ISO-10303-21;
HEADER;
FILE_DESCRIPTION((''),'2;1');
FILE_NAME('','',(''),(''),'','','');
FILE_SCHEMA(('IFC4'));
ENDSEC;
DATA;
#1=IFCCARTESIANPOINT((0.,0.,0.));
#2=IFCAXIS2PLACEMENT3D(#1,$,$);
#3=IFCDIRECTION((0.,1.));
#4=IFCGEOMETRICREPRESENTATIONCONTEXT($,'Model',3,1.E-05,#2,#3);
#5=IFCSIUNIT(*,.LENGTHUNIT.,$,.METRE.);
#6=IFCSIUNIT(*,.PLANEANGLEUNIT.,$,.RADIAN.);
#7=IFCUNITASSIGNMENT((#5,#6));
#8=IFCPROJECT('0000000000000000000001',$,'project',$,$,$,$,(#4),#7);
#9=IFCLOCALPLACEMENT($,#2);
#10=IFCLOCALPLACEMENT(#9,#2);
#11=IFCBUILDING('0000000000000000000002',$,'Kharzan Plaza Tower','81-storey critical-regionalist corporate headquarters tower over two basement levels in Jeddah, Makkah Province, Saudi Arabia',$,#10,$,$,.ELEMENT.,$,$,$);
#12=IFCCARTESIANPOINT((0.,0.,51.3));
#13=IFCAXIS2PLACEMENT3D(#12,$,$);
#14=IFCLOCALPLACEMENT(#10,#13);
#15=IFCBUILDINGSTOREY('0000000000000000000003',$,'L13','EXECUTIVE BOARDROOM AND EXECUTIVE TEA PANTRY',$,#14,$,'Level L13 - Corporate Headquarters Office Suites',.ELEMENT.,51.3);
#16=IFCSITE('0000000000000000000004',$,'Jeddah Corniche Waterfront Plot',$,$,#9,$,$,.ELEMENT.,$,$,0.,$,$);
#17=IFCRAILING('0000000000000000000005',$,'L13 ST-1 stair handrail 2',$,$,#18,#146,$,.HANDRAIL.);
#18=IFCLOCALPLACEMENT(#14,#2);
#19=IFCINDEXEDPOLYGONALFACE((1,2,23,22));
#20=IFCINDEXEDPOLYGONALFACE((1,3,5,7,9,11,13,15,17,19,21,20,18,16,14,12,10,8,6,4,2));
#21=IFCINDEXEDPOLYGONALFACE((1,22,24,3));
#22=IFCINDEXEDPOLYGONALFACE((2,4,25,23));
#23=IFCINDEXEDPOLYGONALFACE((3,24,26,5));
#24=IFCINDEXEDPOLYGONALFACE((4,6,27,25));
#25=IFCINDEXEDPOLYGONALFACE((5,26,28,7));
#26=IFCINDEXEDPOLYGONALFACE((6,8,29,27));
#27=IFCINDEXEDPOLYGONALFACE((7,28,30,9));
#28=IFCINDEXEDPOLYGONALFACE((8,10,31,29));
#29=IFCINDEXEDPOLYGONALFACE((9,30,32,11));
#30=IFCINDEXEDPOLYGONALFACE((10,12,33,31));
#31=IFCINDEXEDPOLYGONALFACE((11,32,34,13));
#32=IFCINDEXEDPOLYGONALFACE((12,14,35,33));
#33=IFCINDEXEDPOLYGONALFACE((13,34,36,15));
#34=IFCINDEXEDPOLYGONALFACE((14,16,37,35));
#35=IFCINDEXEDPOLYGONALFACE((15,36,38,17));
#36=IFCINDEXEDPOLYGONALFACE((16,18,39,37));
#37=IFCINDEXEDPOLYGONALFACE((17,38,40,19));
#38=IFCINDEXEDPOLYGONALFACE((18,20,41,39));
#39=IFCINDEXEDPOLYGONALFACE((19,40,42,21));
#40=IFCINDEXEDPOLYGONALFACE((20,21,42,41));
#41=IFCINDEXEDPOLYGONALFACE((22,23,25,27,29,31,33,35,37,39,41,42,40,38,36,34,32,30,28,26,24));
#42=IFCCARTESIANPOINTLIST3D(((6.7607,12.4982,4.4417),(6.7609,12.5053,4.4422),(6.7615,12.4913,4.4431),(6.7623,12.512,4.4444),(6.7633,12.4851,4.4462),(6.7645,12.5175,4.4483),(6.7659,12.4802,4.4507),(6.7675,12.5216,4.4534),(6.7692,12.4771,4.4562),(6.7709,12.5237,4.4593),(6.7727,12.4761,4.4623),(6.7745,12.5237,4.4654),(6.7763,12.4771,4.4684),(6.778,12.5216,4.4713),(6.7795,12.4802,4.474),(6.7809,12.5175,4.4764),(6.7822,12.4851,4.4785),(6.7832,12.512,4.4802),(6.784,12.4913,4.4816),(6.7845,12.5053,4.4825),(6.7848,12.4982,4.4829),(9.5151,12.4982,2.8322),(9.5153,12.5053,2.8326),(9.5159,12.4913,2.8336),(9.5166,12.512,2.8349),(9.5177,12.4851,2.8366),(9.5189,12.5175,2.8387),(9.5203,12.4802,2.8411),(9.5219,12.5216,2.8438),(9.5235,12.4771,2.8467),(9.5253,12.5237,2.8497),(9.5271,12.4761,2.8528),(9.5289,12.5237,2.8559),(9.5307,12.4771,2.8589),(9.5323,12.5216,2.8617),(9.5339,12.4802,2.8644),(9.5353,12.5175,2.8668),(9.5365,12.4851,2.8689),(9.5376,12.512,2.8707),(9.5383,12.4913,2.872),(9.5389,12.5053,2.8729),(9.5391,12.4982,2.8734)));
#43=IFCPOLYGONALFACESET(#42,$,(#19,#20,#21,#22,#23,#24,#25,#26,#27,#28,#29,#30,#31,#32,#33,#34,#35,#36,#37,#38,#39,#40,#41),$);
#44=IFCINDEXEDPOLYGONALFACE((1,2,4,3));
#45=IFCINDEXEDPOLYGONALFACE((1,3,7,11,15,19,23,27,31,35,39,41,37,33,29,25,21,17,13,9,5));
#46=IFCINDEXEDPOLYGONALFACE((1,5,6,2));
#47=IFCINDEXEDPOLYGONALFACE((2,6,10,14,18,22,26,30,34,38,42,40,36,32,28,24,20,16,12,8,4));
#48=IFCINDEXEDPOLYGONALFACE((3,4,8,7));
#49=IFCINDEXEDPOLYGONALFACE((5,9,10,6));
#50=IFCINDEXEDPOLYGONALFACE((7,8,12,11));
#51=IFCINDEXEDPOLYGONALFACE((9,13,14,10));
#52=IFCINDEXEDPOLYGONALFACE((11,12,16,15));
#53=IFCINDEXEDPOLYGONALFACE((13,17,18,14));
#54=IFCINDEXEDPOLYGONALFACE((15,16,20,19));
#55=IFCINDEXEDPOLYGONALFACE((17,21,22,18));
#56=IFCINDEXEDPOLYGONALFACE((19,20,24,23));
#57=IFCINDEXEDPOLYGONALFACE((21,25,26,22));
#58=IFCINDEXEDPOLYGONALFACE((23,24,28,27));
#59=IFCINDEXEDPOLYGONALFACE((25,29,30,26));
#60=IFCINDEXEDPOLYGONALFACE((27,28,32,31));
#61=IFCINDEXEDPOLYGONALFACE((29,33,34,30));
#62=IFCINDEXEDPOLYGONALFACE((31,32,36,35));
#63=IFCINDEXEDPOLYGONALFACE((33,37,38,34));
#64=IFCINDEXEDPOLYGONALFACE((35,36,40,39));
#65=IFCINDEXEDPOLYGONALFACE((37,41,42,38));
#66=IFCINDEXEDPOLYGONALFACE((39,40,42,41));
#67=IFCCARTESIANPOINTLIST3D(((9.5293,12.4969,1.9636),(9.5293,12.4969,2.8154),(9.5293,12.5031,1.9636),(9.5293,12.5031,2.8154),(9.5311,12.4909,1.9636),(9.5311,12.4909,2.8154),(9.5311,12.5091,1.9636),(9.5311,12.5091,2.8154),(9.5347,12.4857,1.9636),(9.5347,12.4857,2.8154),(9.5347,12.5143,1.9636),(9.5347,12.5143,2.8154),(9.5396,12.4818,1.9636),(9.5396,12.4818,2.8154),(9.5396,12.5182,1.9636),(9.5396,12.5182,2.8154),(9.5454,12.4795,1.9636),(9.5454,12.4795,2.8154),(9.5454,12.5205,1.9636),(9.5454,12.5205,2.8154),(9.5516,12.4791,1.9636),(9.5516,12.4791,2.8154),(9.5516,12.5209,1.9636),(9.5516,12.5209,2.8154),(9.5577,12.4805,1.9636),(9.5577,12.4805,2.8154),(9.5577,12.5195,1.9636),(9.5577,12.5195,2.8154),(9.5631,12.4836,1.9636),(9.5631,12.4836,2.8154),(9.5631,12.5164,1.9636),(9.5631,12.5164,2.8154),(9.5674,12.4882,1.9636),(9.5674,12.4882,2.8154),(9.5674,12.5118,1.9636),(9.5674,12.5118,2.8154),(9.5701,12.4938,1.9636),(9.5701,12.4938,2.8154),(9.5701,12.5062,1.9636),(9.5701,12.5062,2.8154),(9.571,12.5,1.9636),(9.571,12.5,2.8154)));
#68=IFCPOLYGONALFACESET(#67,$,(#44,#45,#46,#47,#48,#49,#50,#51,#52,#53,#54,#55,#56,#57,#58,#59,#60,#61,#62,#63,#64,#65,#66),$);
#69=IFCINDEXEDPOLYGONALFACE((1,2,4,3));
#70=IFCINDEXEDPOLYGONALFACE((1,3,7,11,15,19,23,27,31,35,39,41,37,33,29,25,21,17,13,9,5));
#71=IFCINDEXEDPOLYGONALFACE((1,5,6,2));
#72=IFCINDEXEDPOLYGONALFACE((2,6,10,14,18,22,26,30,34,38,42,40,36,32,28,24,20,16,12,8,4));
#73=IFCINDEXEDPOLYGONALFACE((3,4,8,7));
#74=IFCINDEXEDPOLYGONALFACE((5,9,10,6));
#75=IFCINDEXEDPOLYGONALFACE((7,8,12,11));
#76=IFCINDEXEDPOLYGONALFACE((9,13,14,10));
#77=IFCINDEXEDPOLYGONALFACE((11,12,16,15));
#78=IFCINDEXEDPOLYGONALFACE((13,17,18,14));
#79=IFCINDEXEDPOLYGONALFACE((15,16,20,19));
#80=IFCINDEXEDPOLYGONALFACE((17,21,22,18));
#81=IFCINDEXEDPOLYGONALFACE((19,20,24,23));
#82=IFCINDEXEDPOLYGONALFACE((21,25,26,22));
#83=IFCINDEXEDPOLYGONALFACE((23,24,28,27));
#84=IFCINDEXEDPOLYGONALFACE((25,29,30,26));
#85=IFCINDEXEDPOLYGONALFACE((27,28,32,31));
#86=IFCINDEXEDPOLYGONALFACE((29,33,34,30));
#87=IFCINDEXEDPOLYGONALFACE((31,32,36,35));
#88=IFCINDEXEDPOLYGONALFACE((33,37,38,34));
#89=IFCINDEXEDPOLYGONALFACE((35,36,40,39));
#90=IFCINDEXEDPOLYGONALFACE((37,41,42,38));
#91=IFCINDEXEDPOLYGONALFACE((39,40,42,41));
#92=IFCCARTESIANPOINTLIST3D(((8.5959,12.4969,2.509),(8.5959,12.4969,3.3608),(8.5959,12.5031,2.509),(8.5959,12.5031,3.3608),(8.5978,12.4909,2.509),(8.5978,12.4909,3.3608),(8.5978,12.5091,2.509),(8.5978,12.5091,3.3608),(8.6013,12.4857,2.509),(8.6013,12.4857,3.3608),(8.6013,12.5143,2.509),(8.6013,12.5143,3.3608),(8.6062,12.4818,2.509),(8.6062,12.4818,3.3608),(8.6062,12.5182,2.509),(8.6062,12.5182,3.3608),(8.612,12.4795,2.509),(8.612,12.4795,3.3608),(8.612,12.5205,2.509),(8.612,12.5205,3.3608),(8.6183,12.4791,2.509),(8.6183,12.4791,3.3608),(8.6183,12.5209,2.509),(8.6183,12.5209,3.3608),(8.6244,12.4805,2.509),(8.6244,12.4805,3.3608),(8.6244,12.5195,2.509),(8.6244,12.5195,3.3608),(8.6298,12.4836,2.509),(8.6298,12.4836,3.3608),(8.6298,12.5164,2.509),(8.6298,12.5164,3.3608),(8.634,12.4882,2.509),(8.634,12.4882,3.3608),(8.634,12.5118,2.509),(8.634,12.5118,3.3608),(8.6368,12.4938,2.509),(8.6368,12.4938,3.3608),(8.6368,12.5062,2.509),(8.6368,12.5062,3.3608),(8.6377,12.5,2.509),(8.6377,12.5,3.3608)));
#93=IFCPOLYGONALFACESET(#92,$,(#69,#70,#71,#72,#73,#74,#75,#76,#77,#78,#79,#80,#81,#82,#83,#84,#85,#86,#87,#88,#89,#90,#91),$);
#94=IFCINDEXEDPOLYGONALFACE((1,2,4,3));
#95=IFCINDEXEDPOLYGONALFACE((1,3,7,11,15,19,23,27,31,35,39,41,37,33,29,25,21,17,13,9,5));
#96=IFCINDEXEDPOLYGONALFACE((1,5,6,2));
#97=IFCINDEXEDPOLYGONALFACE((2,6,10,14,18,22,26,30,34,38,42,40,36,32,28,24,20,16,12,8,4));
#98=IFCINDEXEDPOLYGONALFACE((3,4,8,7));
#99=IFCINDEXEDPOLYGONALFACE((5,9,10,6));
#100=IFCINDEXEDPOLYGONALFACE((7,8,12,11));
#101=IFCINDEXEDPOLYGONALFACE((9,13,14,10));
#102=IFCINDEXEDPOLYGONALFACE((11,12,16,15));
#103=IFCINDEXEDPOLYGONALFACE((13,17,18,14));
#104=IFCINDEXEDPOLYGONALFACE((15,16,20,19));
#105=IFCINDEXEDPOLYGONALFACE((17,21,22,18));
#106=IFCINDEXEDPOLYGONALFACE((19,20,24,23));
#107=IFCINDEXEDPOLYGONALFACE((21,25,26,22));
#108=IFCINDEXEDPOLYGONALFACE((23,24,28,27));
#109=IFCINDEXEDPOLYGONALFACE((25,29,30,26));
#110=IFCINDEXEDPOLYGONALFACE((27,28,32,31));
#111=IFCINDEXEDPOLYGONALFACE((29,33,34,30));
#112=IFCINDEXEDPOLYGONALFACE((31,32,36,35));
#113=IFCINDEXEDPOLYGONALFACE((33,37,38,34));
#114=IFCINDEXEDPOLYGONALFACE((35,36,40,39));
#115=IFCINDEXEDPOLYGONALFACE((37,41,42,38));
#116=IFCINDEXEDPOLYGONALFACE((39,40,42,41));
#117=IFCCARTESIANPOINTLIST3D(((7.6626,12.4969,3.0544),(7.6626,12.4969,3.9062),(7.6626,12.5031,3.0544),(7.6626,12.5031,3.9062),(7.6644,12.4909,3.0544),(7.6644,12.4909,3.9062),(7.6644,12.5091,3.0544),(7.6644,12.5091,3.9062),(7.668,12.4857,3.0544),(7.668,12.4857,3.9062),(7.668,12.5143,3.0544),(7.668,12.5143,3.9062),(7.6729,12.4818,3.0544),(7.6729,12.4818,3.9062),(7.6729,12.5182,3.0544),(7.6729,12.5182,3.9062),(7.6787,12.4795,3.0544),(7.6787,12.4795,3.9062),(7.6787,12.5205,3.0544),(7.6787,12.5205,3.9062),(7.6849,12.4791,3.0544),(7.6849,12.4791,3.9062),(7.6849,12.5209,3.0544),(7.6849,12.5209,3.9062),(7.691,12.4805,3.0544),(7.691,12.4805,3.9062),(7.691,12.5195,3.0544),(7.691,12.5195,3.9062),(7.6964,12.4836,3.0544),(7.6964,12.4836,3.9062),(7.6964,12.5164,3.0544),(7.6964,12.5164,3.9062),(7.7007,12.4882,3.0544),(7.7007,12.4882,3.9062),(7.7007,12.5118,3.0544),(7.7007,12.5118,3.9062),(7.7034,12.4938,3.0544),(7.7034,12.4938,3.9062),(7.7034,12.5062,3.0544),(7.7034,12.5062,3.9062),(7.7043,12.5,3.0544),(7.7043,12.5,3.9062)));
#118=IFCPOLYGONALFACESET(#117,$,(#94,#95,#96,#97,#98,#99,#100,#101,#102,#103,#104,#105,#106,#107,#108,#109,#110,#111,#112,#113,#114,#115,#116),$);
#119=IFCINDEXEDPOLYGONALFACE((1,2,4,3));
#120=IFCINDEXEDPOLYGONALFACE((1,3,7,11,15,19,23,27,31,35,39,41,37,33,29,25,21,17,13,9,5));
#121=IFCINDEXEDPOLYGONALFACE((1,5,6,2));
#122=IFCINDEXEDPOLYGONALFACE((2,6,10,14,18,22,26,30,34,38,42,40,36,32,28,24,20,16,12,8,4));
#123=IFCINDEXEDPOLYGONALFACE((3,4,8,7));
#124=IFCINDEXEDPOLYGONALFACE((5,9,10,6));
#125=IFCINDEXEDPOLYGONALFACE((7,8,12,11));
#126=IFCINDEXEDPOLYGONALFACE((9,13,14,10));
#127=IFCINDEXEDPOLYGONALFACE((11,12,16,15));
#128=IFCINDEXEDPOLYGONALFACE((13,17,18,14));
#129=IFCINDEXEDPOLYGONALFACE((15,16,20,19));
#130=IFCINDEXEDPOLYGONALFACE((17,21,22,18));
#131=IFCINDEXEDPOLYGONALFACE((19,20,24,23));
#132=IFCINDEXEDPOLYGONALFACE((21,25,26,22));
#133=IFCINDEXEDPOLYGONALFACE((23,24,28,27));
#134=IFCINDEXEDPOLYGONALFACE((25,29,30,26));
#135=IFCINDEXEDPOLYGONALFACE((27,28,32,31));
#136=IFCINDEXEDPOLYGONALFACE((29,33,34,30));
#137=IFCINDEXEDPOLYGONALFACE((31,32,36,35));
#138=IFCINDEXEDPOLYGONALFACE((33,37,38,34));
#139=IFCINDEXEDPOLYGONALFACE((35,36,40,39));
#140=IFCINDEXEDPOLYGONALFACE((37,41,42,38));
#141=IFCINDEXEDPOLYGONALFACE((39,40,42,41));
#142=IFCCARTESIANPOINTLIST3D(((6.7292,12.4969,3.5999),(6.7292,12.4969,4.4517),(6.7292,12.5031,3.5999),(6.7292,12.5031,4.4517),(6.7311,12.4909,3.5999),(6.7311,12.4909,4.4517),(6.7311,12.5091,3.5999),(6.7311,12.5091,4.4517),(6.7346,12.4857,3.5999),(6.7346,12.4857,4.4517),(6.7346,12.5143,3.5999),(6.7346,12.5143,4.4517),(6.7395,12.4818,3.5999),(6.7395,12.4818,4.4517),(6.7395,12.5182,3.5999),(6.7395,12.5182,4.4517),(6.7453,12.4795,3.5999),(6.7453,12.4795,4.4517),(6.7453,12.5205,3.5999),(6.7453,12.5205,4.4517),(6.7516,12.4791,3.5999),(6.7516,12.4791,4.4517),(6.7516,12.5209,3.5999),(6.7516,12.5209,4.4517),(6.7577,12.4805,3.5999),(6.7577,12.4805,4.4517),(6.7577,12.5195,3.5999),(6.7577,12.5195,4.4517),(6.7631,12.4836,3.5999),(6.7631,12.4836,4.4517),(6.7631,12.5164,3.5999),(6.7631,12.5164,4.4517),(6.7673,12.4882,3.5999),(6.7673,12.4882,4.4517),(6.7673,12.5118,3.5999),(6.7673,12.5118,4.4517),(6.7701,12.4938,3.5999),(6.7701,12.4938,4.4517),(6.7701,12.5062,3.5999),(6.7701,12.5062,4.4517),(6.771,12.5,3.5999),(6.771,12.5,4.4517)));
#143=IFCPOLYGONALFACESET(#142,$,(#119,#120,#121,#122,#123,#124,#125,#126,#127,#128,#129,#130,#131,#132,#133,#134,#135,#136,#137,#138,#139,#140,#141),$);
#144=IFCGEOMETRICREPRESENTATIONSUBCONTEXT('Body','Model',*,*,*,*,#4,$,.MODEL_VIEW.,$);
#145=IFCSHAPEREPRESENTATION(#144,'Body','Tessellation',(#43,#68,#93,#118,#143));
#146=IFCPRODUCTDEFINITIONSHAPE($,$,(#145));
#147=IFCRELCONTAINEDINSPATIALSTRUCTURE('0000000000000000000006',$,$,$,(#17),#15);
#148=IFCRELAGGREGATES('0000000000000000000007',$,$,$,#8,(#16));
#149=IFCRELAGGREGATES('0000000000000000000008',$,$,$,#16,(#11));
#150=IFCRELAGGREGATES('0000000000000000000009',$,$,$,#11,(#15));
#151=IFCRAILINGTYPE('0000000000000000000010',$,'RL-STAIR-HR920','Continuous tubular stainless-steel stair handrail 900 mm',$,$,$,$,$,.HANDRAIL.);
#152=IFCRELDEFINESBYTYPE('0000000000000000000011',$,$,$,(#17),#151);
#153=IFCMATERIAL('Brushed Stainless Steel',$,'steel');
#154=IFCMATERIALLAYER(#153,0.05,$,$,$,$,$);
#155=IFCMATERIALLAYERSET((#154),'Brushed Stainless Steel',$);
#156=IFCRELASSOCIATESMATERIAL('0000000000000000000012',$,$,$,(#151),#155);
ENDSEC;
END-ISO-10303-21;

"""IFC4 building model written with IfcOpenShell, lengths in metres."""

from ifc_helpers import new_model, si_unit, direction, frame, origin, origin_2d, place, context, subcontext, project, spatial, circle, extrude, source, transform, mapped, material, layer, layer_set, type_object, element, save


model = new_model("IFC4")

# Units and contexts
model_context = context("Model", 3, precision=1e-05, world=origin(), true_north=direction((0.0, 1.0)))
body_context = subcontext(model_context, "Body", "Model", "MODEL_VIEW")
ifc_project = project(units=[si_unit("LENGTHUNIT", "METRE"), si_unit("PLANEANGLEUNIT", "RADIAN")], contexts=[model_context])

# Site, building, storey
site_placement = place(None, origin())
site = spatial("IfcSite", under=ifc_project, at=site_placement, Name="Jeddah Corniche Waterfront Plot", CompositionType="ELEMENT", RefElevation=0.0)
building_placement = place(site_placement, origin())
building = spatial("IfcBuilding", under=site, at=building_placement, Name="Kharzan Plaza Tower", Description="81-storey critical-regionalist corporate headquarters tower over two basement levels in Jeddah, Makkah Province, Saudi Arabia", CompositionType="ELEMENT")
storey_placement = place(building_placement, frame((0.0, 0.0, 51.3)))
storey = spatial("IfcBuildingStorey", under=building, at=storey_placement, Name="L13", Description="EXECUTIVE BOARDROOM AND EXECUTIVE TEA PANTRY", LongName="Level L13 - Corporate Headquarters Office Suites", CompositionType="ELEMENT", Elevation=51.3)

# Shared definitions
ifc_material_1 = material(Name="Brushed Stainless Steel", Category="steel")

# Railing
ifc_layer_1 = layer(ifc_material_1, 0.05)
ifc_layer_set_1 = layer_set([ifc_layer_1], Name="Brushed Stainless Steel")
railing_type = type_object("IfcRailingType", Name="RL-STAIR-HR920", Description="Continuous tubular stainless-steel stair handrail 900 mm", PredefinedType="HANDRAIL", material=ifc_layer_set_1)
shared_shape_1 = source(origin(), body_context, "Body", "SweptSolid", [
    extrude(circle(Radius=0.0239, at=origin_2d()), frame((-0.0229, 0.0, 0.8892), z_axis=(-0.863394, 0.0, 0.504531), x_axis=(0.0, -1.0, 0.0)), (0.0, 0.0, 1.0), 3.1902),
    extrude(circle(Radius=0.021, at=origin_2d()), origin(), (0.0, 0.0, 1.0), 0.8518),
    extrude(circle(Radius=0.021, at=origin_2d()), frame((-0.9333, 0.0, 0.5454)), (0.0, 0.0, 1.0), 0.8518),
    extrude(circle(Radius=0.021, at=origin_2d()), frame((-1.8667, 0.0, 1.0908)), (0.0, 0.0, 1.0), 0.8518),
    extrude(circle(Radius=0.021, at=origin_2d()), frame((-2.8, 0.0, 1.6362)), (0.0, 0.0, 1.0), 0.8518),
])
railing_placement = place(storey_placement, frame((9.55, 12.5, 1.9636)))
element("IfcRailing", 1, at=railing_placement, inside=storey, type_object=railing_type, Name="L13 ST-1 stair handrail 2", PredefinedType="HANDRAIL", context=body_context, shape_type="MappedRepresentation", body=[
    mapped(shared_shape_1, transform((0.0, 0.0, 0.0), x_axis=(1.0, 0.0, 0.0), y_axis=(0.0, 1.0, 0.0), z_axis=(0.0, 0.0, 1.0))),
])

save(model, "model.ifc")
